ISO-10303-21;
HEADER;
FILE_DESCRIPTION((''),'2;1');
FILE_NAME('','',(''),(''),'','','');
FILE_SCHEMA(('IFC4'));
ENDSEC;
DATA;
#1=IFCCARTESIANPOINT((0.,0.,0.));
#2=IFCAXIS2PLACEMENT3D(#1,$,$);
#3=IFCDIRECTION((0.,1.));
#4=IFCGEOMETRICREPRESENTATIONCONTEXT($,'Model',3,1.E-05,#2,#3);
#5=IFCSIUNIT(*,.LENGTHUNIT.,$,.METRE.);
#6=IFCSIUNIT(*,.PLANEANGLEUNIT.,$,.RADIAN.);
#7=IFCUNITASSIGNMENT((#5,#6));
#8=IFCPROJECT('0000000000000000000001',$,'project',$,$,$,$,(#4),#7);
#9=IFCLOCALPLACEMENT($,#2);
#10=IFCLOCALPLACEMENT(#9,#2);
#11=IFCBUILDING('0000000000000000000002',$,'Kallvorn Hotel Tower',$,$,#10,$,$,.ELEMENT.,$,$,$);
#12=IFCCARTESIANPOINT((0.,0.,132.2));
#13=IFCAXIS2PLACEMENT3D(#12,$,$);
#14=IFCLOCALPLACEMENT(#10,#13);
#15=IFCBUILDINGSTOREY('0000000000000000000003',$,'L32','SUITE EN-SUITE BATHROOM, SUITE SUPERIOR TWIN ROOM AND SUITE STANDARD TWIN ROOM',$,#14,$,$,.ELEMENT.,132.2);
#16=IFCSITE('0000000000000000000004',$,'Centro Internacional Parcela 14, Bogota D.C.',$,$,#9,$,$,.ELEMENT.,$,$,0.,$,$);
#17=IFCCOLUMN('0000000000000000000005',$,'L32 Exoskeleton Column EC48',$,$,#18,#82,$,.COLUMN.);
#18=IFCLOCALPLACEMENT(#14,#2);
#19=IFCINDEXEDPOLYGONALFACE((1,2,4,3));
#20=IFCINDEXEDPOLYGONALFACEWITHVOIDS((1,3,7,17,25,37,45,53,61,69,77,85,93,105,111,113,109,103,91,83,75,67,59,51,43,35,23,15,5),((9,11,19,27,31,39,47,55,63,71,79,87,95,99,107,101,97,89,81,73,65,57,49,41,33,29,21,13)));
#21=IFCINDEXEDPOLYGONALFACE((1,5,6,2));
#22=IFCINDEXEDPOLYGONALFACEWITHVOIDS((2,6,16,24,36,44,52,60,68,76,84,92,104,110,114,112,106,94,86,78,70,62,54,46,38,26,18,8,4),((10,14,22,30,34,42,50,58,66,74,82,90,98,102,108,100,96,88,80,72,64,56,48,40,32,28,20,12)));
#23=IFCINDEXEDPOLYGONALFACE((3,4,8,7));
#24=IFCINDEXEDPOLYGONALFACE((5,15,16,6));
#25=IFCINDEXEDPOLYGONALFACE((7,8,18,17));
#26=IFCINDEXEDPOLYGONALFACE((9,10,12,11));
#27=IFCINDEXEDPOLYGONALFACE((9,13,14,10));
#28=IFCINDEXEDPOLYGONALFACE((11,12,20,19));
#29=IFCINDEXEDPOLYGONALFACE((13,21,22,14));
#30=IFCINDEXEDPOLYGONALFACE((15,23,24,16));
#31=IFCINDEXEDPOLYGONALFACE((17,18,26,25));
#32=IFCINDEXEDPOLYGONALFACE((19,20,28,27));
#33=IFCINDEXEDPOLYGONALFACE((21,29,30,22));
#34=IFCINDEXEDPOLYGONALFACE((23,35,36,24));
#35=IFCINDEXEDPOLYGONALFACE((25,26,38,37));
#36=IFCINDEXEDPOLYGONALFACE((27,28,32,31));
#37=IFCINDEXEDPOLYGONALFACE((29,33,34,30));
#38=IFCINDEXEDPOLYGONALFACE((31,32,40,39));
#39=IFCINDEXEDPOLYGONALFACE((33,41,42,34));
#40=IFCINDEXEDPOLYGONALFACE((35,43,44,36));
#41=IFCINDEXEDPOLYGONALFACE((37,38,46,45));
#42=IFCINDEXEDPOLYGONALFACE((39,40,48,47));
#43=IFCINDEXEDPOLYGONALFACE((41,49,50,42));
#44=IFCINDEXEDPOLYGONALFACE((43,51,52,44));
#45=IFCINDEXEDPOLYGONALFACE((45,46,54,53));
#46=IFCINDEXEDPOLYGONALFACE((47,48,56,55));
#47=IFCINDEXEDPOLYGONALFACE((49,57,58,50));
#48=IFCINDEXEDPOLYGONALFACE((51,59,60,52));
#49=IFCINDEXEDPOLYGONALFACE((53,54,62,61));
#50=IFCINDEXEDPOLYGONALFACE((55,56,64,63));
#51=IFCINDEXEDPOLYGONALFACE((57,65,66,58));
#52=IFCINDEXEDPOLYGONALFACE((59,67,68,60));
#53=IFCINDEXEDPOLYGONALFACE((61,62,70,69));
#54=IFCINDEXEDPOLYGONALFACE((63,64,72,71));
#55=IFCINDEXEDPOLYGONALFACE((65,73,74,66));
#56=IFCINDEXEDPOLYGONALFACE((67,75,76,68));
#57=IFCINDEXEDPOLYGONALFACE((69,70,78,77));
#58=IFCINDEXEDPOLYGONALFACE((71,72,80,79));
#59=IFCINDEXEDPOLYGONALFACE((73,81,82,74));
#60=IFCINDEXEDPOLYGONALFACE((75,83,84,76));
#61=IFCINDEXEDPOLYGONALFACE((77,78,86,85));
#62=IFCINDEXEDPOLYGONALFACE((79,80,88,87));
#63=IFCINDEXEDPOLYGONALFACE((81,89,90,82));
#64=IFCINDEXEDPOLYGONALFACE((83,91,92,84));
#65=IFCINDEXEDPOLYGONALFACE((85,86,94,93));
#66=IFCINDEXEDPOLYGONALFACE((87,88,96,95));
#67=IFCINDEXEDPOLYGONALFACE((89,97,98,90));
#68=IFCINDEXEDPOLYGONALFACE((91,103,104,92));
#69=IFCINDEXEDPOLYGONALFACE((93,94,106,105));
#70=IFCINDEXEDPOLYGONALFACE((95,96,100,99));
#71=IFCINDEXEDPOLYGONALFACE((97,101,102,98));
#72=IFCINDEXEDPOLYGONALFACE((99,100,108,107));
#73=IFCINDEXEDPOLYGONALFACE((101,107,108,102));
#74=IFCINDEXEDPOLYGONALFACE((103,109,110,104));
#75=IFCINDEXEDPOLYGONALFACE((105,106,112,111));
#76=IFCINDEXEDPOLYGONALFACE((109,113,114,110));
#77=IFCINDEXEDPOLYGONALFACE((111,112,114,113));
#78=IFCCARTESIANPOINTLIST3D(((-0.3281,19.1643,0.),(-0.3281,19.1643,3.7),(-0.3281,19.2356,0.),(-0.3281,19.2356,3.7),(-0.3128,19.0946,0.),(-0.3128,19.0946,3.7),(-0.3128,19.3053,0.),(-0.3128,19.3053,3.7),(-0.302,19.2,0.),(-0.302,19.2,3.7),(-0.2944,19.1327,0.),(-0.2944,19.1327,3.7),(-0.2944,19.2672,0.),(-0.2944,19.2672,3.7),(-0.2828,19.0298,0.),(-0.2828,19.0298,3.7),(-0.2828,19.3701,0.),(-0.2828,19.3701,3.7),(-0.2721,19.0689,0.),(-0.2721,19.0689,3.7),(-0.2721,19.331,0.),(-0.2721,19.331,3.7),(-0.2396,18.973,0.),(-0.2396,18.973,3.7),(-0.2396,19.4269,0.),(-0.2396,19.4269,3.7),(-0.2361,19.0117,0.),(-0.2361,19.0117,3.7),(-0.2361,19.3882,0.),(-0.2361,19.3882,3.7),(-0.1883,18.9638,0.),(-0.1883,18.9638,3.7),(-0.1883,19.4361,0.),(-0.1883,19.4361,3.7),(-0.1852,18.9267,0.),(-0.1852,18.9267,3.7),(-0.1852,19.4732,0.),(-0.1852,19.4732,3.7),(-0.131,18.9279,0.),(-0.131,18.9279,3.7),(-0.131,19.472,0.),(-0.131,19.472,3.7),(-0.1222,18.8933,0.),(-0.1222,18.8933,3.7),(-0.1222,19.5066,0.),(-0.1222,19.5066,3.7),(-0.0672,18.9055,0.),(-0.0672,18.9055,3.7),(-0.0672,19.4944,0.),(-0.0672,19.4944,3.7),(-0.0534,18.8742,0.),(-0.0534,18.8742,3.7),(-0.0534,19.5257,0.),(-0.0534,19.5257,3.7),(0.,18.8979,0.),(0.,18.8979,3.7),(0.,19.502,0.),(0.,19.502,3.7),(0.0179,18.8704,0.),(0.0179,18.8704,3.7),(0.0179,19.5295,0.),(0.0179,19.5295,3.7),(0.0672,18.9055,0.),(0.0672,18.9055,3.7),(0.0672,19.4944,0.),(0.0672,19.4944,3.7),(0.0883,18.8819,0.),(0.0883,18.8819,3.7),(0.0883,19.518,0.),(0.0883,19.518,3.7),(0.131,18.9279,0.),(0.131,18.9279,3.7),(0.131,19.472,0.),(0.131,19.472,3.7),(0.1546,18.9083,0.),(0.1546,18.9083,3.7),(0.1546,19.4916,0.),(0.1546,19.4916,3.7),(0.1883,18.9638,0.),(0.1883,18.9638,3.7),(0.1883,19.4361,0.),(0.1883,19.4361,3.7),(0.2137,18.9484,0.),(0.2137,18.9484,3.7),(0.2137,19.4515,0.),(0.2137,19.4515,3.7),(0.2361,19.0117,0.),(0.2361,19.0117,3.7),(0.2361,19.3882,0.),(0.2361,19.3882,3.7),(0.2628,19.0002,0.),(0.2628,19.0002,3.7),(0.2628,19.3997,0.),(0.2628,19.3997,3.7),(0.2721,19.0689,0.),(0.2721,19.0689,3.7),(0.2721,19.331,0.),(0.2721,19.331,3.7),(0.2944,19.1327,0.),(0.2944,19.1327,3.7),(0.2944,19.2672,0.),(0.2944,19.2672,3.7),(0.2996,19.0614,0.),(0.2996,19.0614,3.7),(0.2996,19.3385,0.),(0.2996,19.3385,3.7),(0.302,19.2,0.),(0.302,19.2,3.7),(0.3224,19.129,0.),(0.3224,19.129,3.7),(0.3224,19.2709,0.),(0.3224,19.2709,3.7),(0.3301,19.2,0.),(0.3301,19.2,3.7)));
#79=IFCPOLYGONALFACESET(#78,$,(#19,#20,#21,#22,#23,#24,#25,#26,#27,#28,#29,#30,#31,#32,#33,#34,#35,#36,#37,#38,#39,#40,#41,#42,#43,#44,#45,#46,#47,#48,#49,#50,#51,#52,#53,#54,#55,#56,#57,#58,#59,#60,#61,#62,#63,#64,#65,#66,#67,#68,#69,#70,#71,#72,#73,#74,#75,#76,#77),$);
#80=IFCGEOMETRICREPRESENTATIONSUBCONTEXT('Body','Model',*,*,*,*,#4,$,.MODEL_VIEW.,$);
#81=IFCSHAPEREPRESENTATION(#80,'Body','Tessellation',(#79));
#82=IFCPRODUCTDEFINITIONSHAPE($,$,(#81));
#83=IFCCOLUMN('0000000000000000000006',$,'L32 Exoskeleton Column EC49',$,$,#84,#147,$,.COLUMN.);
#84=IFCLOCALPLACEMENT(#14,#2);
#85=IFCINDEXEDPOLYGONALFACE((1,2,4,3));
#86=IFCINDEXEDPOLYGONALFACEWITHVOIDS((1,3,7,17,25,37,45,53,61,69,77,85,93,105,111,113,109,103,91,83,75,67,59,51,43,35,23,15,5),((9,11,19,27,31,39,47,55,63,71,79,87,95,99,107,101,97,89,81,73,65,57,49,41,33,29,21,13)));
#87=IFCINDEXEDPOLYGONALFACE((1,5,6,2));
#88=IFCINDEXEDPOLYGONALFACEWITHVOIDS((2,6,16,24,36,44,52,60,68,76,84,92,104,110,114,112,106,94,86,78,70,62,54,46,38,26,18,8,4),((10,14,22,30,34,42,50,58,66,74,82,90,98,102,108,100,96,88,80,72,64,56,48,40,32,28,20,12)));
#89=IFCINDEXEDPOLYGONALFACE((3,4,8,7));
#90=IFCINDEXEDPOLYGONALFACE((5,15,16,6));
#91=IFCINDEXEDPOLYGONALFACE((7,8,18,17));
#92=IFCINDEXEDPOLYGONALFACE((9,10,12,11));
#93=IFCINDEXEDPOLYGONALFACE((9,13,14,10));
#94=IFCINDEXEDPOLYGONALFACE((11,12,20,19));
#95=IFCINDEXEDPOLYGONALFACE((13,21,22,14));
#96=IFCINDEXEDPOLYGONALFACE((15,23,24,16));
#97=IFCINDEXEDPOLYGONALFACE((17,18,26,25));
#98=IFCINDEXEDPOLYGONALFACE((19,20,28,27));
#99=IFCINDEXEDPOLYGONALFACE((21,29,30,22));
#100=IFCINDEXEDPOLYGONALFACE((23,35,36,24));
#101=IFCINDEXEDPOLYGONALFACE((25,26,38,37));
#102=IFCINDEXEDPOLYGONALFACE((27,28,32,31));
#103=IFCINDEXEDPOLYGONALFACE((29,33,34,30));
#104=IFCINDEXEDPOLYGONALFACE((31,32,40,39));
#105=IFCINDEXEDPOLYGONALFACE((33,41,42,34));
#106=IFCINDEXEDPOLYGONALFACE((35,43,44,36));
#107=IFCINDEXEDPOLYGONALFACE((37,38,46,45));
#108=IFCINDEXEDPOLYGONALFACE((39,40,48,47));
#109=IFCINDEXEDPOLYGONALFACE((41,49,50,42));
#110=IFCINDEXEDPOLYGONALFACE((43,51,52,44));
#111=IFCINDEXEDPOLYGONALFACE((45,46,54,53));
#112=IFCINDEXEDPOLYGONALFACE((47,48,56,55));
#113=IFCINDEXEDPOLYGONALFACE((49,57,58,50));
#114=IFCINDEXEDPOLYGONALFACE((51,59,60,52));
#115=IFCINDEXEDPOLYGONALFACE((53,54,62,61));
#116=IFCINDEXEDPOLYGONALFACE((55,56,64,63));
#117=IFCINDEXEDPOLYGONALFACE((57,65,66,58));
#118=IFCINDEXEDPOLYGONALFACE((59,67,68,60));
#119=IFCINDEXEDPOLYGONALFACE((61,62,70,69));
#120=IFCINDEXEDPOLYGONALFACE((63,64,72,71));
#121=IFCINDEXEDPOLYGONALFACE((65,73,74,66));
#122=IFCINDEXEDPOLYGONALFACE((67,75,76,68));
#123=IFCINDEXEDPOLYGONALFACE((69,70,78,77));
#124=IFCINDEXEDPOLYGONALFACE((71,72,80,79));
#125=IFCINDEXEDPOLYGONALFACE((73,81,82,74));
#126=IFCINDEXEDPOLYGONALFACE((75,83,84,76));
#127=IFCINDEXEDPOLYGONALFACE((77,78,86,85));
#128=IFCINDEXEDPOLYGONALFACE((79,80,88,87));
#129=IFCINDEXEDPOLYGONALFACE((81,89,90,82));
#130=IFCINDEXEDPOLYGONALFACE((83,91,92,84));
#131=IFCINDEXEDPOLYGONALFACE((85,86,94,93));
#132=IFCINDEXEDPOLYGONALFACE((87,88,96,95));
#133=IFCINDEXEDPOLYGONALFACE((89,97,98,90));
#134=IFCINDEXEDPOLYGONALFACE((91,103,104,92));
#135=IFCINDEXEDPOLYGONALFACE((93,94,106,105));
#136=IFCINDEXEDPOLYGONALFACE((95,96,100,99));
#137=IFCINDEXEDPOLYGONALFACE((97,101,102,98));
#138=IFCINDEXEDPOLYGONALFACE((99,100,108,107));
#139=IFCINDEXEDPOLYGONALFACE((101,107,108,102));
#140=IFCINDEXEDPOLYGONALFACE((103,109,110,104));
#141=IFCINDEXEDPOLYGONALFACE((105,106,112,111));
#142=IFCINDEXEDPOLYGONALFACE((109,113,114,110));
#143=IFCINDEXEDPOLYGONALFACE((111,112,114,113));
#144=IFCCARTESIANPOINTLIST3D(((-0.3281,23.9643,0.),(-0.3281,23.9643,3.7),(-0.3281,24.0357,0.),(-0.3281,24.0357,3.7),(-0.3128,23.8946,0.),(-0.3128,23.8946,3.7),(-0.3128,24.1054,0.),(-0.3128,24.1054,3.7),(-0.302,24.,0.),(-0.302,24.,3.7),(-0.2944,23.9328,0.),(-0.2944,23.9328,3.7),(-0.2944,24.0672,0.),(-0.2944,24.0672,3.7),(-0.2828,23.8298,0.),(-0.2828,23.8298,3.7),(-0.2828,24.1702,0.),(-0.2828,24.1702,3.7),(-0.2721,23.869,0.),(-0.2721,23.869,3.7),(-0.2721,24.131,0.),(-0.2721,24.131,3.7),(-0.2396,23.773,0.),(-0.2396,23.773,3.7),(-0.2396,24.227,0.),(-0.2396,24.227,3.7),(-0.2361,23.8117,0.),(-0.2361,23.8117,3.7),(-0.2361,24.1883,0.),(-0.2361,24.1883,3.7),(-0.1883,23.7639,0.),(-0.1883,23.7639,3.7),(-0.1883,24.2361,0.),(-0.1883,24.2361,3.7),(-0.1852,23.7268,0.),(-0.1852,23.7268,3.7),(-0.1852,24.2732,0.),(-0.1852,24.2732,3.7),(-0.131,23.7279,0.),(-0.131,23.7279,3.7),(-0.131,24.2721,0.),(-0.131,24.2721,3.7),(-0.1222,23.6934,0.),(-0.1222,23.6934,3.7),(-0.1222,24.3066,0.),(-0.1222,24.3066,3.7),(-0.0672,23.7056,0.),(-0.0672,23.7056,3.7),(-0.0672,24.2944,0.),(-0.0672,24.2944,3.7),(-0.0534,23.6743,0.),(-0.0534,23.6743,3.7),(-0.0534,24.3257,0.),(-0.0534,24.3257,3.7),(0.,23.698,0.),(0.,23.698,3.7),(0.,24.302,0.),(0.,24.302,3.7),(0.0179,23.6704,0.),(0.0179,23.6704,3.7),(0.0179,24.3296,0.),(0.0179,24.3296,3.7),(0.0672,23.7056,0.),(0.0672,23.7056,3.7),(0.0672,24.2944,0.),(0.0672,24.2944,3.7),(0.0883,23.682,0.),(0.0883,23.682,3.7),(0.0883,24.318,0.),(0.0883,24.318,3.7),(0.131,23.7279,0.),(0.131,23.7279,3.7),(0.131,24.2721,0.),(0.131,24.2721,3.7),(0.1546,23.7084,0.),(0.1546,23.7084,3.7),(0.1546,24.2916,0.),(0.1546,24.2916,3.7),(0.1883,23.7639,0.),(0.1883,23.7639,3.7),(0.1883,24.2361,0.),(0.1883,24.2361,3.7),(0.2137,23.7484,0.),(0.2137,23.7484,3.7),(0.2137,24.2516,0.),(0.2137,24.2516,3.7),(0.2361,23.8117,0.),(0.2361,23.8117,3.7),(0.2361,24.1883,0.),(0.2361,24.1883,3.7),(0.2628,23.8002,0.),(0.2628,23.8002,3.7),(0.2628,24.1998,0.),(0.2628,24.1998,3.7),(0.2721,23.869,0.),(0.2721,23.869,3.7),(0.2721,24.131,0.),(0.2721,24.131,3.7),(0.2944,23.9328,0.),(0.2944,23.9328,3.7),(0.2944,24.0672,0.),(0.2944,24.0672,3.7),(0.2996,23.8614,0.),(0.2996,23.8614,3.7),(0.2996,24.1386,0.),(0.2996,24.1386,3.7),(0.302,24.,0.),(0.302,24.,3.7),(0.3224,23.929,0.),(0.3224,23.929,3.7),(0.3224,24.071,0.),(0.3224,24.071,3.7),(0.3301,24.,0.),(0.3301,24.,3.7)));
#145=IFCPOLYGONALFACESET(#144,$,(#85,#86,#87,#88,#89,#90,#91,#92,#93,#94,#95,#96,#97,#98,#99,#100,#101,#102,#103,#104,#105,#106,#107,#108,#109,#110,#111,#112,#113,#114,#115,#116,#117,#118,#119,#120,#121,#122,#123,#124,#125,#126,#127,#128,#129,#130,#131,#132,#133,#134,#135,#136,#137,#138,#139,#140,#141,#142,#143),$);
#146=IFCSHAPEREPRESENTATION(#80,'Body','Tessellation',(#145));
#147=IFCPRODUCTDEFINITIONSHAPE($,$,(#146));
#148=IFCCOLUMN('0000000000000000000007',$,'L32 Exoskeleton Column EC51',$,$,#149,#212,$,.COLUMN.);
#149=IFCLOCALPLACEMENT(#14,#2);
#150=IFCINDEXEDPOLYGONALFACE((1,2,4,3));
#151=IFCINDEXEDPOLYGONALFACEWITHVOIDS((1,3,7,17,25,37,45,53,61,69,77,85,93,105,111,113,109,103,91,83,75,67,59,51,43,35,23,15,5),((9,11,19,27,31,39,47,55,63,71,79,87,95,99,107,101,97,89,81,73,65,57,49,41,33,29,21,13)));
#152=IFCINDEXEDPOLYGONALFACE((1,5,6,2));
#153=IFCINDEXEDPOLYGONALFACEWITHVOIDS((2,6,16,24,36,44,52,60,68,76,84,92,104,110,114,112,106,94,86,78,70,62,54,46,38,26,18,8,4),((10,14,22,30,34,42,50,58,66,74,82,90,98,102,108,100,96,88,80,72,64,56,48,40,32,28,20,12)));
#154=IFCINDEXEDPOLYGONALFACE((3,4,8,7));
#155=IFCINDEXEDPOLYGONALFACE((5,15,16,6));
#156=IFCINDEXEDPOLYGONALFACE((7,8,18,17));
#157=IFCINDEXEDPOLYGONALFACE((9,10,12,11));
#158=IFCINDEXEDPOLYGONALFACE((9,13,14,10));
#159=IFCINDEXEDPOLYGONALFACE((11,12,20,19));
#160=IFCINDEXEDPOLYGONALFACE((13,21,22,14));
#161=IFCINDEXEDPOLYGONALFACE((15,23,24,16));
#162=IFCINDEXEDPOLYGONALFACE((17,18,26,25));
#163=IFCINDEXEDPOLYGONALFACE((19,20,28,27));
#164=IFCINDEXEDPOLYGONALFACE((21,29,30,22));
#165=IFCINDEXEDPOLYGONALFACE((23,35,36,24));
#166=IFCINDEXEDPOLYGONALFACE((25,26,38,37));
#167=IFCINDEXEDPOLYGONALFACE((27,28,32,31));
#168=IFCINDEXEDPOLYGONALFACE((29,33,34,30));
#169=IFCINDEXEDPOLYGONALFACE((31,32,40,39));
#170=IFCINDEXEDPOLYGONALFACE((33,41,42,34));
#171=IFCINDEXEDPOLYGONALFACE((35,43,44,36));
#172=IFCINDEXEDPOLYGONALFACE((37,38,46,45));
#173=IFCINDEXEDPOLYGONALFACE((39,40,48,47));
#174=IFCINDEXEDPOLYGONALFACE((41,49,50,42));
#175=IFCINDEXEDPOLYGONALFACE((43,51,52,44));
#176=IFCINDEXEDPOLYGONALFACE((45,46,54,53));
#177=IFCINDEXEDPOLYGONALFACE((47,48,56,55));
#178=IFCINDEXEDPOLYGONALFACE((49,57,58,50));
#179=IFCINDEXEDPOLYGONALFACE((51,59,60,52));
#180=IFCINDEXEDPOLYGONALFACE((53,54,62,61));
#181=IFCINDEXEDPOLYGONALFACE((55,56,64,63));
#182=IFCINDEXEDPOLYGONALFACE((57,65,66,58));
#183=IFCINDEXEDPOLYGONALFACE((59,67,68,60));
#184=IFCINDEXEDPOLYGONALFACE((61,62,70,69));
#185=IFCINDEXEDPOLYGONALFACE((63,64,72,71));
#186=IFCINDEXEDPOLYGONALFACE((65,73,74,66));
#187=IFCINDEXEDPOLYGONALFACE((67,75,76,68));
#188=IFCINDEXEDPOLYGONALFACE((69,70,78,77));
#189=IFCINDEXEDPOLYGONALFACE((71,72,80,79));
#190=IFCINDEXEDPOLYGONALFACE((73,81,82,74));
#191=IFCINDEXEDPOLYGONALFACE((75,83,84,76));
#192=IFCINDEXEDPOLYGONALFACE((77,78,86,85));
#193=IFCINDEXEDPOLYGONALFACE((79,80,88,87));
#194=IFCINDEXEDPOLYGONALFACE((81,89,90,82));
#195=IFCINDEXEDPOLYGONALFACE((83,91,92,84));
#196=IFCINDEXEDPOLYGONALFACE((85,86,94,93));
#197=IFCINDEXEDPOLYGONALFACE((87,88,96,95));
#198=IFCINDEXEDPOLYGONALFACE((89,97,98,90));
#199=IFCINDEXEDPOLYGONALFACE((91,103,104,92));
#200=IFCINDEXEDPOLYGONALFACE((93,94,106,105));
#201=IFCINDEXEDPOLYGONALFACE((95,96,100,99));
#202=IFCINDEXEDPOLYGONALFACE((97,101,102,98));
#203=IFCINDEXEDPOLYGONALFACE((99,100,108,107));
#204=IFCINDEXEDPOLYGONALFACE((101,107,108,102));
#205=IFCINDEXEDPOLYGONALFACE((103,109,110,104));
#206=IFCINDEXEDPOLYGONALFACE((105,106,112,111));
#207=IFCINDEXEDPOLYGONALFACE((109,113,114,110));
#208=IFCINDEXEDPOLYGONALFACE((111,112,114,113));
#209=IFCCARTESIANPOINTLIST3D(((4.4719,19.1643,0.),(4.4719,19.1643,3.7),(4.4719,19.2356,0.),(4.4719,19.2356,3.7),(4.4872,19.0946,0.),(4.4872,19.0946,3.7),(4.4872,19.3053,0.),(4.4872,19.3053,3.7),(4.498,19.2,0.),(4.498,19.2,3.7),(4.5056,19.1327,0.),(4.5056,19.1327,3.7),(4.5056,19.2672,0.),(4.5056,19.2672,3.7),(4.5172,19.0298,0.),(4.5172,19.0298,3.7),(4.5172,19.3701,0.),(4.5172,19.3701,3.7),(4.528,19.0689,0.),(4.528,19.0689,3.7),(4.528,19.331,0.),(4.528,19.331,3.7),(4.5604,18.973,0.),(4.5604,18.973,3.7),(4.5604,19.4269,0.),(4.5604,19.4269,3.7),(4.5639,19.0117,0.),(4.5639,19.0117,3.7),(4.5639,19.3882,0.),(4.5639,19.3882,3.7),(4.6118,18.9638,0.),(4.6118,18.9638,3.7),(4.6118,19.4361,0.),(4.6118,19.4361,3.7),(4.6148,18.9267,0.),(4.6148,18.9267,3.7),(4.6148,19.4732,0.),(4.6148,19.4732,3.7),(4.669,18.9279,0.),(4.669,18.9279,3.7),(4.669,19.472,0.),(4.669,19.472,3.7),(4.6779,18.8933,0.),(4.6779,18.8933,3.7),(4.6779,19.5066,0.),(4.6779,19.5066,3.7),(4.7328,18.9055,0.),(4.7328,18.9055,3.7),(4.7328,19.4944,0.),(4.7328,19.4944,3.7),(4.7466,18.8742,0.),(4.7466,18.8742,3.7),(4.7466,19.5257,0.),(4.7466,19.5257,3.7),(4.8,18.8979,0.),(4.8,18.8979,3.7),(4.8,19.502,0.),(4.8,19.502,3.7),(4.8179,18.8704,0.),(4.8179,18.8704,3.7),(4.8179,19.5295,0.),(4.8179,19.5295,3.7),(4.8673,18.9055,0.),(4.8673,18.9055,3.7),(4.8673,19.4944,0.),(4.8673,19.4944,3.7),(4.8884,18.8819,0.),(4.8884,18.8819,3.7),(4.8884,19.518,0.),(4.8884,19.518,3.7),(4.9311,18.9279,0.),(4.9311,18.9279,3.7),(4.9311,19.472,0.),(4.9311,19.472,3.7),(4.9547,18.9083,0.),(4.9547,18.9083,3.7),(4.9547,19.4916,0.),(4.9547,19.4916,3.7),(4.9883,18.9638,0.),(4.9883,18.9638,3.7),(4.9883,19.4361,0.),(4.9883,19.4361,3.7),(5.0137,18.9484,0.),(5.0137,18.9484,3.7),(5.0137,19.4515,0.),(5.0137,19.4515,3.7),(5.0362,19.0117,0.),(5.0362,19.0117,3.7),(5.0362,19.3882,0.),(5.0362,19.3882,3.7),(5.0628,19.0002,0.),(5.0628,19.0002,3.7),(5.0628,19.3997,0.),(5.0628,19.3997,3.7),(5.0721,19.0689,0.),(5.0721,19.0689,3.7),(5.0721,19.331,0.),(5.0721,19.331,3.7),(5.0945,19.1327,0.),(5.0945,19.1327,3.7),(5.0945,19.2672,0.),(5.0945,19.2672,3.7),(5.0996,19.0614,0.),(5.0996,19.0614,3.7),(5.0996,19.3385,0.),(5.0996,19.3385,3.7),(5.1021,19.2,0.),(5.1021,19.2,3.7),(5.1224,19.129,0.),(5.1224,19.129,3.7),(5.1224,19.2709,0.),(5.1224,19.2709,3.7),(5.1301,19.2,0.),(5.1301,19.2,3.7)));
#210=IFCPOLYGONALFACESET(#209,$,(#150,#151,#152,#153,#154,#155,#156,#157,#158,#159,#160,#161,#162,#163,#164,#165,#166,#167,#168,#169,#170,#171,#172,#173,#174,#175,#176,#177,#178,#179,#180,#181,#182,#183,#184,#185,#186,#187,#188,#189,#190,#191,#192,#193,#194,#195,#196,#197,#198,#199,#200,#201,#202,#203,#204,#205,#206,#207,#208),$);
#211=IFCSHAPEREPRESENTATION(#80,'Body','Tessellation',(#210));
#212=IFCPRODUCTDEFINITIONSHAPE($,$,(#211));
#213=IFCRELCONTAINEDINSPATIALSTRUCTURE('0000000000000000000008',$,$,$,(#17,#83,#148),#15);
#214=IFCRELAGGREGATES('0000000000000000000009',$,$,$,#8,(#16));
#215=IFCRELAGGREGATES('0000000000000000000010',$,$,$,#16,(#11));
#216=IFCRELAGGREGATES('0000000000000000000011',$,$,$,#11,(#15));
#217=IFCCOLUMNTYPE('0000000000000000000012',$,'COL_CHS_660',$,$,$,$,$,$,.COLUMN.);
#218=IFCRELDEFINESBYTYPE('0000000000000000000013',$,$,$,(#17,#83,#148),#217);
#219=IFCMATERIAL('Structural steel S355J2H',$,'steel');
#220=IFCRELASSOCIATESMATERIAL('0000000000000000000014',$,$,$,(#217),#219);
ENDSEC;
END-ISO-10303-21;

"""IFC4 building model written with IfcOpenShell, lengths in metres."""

from ifc_helpers import new_model, si_unit, direction, frame, origin, origin_2d, place, context, subcontext, project, spatial, hollow_circle, extrude, material, material_profile, profile_set, type_object, element, save


model = new_model("IFC4")

# Units and contexts
model_context = context("Model", 3, precision=1e-05, world=origin(), true_north=direction((0.0, 1.0)))
body_context = subcontext(model_context, "Body", "Model", "MODEL_VIEW")
ifc_project = project(units=[si_unit("LENGTHUNIT", "METRE"), si_unit("PLANEANGLEUNIT", "RADIAN")], contexts=[model_context])

# Site, building, storey
site_placement = place(None, origin())
site = spatial("IfcSite", under=ifc_project, at=site_placement, Name="Centro Internacional Parcela 14, Bogota D.C.", CompositionType="ELEMENT", RefElevation=0.0)
building_placement = place(site_placement, origin())
building = spatial("IfcBuilding", under=site, at=building_placement, Name="Kallvorn Hotel Tower", CompositionType="ELEMENT")
storey_placement = place(building_placement, frame((0.0, 0.0, 132.2)))
storey = spatial("IfcBuildingStorey", under=building, at=storey_placement, Name="L32", Description="SUITE EN-SUITE BATHROOM, SUITE SUPERIOR TWIN ROOM AND SUITE STANDARD TWIN ROOM", CompositionType="ELEMENT", Elevation=132.2)

# Columns
ifc_material_1 = material(Name="Structural steel S355J2H", Category="steel")
ifc_material_profile_1 = material_profile(ifc_material_1, hollow_circle(Radius=0.3301, WallThickness=0.0281, at=origin_2d()), Name="CHS 660x28")
ifc_profile_set_1 = profile_set([ifc_material_profile_1], Name="Structural steel S355J2H")
column_type_1 = type_object("IfcColumnType", Name="COL_CHS_660", PredefinedType="COLUMN", material=ifc_profile_set_1)
for number, where, z_axis, x_axis, name in (
    (1, (0.0, 19.2, 0.0), (0.0, 0.0, 1.0), (1.0, 0.0, 0.0), "L32 Exoskeleton Column EC48"),
    (2, (0.0, 24.0, 0.0), (0.0, 0.0, 1.0), (1.0, 0.0, 0.0), "L32 Exoskeleton Column EC49"),
    (3, (4.8, 19.2, 0.0), (0.0, 0.0, 1.0), (1.0, 0.0, 0.0), "L32 Exoskeleton Column EC51"),
):
    element("IfcColumn", number, at=place(storey_placement, frame(where, z_axis=z_axis, x_axis=x_axis)), inside=storey, type_object=column_type_1, Name=name, PredefinedType="COLUMN", context=body_context, shape_type="SweptSolid", body=[
        extrude(hollow_circle(Radius=0.3301, WallThickness=0.0281, at=origin_2d()), origin(), (0.0, 0.0, 1.0), 3.7),
    ])

save(model, "model.ifc")
